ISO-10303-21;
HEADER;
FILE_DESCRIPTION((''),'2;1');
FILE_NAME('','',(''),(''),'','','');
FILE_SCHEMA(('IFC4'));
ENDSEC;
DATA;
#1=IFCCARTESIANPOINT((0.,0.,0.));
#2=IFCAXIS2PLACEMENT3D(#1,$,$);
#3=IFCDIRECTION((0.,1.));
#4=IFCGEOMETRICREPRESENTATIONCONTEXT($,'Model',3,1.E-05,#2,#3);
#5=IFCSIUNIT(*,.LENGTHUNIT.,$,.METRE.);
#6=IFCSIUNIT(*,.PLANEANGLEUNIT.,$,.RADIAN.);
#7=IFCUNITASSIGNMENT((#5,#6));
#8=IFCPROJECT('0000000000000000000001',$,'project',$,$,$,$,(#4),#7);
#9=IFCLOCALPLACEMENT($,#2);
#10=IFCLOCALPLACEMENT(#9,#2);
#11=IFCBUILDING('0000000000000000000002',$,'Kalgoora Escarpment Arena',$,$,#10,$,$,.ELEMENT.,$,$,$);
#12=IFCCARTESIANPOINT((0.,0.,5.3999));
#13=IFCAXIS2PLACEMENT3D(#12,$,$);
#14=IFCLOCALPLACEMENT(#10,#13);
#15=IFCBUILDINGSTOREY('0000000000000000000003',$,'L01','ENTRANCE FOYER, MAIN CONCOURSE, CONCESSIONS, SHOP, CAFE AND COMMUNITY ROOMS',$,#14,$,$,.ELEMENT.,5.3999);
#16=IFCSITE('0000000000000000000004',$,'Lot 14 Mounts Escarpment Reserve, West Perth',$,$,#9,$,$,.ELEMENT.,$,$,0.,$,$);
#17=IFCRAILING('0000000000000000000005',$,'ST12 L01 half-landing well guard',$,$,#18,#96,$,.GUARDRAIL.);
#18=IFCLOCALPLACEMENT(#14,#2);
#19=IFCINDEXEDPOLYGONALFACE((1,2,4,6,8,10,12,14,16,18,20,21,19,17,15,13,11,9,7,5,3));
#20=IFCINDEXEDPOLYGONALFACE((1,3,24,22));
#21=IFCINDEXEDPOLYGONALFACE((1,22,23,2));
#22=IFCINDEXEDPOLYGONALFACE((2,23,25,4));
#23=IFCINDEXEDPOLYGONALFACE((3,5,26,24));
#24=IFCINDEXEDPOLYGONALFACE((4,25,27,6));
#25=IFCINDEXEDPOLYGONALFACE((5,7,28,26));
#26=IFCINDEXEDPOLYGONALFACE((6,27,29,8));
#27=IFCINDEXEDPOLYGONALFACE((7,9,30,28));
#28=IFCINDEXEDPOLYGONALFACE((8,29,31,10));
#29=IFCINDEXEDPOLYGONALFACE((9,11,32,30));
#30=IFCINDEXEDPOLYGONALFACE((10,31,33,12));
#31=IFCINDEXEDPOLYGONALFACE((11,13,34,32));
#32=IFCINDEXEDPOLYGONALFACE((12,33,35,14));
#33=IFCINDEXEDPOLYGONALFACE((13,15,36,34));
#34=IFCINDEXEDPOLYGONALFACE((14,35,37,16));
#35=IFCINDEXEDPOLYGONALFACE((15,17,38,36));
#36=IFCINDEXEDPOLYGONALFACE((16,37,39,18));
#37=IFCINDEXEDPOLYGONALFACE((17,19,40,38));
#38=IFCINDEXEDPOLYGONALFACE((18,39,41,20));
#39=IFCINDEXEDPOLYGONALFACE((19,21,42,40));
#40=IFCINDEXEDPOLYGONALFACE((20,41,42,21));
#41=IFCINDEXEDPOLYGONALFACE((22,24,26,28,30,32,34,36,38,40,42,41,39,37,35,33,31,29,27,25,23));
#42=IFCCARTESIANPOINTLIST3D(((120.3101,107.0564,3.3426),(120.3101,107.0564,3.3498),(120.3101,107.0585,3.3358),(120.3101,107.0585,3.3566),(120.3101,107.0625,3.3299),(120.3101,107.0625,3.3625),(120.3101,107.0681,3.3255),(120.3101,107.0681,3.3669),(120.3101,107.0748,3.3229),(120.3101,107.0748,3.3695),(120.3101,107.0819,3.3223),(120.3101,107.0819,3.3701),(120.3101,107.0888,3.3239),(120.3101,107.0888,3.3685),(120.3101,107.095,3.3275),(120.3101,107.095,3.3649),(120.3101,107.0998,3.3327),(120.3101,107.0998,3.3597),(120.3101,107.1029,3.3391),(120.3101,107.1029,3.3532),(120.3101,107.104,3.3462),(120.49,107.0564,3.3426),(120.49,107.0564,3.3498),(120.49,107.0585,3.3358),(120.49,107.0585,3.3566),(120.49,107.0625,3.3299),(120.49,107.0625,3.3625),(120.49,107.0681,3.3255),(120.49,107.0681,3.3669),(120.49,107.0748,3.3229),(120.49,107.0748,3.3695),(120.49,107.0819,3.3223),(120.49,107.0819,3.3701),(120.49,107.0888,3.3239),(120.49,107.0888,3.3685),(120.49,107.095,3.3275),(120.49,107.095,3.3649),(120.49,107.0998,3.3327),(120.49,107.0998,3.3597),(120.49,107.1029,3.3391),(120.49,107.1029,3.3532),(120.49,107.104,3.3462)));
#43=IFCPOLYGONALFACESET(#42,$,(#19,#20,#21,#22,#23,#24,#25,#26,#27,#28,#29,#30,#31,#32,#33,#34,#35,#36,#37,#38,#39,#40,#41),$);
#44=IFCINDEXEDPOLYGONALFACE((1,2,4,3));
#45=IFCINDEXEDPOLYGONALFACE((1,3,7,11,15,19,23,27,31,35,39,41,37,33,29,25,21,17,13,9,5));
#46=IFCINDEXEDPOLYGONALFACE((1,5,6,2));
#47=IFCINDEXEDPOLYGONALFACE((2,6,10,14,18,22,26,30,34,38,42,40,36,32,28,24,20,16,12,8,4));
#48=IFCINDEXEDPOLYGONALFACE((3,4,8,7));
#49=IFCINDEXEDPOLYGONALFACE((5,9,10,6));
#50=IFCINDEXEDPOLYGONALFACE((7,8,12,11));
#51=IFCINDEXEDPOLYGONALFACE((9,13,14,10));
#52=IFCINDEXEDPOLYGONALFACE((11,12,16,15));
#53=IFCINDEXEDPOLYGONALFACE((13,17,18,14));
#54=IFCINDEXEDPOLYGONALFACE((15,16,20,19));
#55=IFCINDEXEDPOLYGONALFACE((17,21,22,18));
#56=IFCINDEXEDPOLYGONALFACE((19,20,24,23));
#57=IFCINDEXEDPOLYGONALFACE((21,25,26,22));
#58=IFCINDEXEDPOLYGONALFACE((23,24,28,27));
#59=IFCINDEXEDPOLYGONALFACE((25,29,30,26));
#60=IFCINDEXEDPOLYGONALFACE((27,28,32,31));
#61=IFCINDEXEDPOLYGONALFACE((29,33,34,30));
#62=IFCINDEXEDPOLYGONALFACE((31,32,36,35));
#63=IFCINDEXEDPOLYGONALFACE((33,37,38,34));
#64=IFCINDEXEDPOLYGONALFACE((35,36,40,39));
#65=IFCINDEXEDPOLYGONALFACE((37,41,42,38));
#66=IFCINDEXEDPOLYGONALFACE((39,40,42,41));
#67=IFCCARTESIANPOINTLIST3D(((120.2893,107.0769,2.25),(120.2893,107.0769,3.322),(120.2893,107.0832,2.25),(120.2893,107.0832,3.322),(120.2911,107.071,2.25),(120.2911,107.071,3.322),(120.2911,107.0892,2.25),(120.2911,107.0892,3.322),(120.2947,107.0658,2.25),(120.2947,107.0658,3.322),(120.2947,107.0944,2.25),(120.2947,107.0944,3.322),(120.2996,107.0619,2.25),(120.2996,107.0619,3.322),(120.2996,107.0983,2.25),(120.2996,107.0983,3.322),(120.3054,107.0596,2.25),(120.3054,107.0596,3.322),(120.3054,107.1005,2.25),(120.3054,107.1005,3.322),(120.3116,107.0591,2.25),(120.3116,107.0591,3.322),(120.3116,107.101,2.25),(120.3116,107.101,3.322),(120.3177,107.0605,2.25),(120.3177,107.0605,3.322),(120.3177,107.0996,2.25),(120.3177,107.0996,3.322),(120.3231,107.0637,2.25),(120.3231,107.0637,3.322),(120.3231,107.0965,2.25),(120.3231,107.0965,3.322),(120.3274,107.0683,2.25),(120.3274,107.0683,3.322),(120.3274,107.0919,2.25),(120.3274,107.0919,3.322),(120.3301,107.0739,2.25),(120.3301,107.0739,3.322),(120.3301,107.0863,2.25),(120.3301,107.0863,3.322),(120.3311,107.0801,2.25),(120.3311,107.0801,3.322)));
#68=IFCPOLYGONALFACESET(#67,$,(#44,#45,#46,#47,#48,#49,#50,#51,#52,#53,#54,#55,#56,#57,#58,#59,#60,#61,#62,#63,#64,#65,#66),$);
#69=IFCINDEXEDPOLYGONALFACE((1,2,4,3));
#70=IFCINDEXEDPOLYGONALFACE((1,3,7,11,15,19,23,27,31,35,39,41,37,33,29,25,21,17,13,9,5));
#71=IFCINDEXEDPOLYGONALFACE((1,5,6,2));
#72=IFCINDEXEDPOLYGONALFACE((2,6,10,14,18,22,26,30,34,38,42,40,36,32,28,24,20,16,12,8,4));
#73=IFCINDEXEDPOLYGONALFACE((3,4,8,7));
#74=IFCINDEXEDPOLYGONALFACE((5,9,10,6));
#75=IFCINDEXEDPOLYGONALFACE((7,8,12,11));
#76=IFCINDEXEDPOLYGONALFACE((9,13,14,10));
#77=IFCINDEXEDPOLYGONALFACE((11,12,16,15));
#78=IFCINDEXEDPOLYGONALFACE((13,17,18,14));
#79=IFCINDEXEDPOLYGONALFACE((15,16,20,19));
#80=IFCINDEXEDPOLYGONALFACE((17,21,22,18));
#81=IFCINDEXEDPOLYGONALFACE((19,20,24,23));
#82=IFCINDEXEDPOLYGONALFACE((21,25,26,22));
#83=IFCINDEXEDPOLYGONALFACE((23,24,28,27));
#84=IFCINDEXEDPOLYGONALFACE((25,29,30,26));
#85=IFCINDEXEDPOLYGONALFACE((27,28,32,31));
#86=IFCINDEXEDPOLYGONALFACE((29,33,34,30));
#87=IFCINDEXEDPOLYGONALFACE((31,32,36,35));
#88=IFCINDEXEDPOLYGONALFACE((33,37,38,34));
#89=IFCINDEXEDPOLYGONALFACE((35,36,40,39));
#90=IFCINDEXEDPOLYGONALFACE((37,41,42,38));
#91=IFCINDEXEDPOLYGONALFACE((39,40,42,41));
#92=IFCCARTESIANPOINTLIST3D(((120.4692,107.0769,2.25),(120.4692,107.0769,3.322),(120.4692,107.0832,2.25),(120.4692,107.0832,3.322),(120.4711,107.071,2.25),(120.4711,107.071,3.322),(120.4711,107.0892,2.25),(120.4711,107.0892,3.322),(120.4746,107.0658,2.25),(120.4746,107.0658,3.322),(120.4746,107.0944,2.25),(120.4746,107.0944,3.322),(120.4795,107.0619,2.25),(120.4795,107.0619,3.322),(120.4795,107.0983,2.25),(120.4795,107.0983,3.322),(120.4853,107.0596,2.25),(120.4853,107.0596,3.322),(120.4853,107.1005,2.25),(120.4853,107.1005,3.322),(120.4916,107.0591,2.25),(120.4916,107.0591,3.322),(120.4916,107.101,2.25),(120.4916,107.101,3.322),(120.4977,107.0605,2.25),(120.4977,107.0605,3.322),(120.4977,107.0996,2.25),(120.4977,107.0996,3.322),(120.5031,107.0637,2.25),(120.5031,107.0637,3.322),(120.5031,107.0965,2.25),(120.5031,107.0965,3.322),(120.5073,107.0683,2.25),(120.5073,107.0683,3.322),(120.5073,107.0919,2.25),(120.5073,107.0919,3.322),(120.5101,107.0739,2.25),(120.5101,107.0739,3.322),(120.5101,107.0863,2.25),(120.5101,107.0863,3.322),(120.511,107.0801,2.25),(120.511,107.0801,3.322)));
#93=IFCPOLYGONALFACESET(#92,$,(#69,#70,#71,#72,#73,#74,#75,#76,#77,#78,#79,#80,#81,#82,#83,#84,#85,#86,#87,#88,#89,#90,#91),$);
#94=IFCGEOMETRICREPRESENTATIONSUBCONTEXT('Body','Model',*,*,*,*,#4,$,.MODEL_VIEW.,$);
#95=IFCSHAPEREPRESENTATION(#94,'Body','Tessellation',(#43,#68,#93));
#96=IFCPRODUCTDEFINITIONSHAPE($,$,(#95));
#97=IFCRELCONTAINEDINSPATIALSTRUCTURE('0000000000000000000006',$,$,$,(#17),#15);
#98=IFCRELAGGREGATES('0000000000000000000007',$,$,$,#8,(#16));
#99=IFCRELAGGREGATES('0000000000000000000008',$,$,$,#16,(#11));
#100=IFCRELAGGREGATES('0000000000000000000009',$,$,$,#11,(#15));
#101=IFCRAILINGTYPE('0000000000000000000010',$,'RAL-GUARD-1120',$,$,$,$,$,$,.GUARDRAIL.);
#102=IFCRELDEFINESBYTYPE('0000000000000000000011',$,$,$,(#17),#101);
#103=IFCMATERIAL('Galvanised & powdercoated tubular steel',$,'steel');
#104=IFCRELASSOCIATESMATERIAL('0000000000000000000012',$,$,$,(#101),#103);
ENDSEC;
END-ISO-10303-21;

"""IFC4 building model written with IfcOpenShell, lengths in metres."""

from ifc_helpers import new_model, si_unit, direction, frame, origin, origin_2d, place, context, subcontext, project, spatial, circle, extrude, material, type_object, element, save


model = new_model("IFC4")

# Units and contexts
model_context = context("Model", 3, precision=1e-05, world=origin(), true_north=direction((0.0, 1.0)))
body_context = subcontext(model_context, "Body", "Model", "MODEL_VIEW")
ifc_project = project(units=[si_unit("LENGTHUNIT", "METRE"), si_unit("PLANEANGLEUNIT", "RADIAN")], contexts=[model_context])

# Site, building, storey
site_placement = place(None, origin())
site = spatial("IfcSite", under=ifc_project, at=site_placement, Name="Lot 14 Mounts Escarpment Reserve, West Perth", CompositionType="ELEMENT", RefElevation=0.0)
building_placement = place(site_placement, origin())
building = spatial("IfcBuilding", under=site, at=building_placement, Name="Kalgoora Escarpment Arena", CompositionType="ELEMENT")
storey_placement = place(building_placement, frame((0.0, 0.0, 5.3999)))
storey = spatial("IfcBuildingStorey", under=building, at=storey_placement, Name="L01", Description="ENTRANCE FOYER, MAIN CONCOURSE, CONCESSIONS, SHOP, CAFE AND COMMUNITY ROOMS", CompositionType="ELEMENT", Elevation=5.3999)

# Railing
ifc_material_1 = material(Name="Galvanised & powdercoated tubular steel", Category="steel")
railing_type_1 = type_object("IfcRailingType", Name="RAL-GUARD-1120", PredefinedType="GUARDRAIL", material=ifc_material_1)
railing_1_placement = place(storey_placement, frame((120.3101, 107.0801, 2.25)))
element("IfcRailing", 1, at=railing_1_placement, inside=storey, type_object=railing_type_1, Name="ST12 L01 half-landing well guard", PredefinedType="GUARDRAIL", context=body_context, shape_type="SweptSolid", body=[
    extrude(circle(Radius=0.0239, at=origin_2d()), frame((0.0, 0.0, 1.0962), z_axis=(1.0, 0.0, 0.0), x_axis=(0.0, 1.0, 0.0)), (0.0, 0.0, 1.0), 0.1799),
    extrude(circle(Radius=0.021, at=origin_2d()), origin(), (0.0, 0.0, 1.0), 1.072),
    extrude(circle(Radius=0.021, at=origin_2d()), frame((0.1799, 0.0, 0.0)), (0.0, 0.0, 1.0), 1.072),
])

save(model, "model.ifc")
